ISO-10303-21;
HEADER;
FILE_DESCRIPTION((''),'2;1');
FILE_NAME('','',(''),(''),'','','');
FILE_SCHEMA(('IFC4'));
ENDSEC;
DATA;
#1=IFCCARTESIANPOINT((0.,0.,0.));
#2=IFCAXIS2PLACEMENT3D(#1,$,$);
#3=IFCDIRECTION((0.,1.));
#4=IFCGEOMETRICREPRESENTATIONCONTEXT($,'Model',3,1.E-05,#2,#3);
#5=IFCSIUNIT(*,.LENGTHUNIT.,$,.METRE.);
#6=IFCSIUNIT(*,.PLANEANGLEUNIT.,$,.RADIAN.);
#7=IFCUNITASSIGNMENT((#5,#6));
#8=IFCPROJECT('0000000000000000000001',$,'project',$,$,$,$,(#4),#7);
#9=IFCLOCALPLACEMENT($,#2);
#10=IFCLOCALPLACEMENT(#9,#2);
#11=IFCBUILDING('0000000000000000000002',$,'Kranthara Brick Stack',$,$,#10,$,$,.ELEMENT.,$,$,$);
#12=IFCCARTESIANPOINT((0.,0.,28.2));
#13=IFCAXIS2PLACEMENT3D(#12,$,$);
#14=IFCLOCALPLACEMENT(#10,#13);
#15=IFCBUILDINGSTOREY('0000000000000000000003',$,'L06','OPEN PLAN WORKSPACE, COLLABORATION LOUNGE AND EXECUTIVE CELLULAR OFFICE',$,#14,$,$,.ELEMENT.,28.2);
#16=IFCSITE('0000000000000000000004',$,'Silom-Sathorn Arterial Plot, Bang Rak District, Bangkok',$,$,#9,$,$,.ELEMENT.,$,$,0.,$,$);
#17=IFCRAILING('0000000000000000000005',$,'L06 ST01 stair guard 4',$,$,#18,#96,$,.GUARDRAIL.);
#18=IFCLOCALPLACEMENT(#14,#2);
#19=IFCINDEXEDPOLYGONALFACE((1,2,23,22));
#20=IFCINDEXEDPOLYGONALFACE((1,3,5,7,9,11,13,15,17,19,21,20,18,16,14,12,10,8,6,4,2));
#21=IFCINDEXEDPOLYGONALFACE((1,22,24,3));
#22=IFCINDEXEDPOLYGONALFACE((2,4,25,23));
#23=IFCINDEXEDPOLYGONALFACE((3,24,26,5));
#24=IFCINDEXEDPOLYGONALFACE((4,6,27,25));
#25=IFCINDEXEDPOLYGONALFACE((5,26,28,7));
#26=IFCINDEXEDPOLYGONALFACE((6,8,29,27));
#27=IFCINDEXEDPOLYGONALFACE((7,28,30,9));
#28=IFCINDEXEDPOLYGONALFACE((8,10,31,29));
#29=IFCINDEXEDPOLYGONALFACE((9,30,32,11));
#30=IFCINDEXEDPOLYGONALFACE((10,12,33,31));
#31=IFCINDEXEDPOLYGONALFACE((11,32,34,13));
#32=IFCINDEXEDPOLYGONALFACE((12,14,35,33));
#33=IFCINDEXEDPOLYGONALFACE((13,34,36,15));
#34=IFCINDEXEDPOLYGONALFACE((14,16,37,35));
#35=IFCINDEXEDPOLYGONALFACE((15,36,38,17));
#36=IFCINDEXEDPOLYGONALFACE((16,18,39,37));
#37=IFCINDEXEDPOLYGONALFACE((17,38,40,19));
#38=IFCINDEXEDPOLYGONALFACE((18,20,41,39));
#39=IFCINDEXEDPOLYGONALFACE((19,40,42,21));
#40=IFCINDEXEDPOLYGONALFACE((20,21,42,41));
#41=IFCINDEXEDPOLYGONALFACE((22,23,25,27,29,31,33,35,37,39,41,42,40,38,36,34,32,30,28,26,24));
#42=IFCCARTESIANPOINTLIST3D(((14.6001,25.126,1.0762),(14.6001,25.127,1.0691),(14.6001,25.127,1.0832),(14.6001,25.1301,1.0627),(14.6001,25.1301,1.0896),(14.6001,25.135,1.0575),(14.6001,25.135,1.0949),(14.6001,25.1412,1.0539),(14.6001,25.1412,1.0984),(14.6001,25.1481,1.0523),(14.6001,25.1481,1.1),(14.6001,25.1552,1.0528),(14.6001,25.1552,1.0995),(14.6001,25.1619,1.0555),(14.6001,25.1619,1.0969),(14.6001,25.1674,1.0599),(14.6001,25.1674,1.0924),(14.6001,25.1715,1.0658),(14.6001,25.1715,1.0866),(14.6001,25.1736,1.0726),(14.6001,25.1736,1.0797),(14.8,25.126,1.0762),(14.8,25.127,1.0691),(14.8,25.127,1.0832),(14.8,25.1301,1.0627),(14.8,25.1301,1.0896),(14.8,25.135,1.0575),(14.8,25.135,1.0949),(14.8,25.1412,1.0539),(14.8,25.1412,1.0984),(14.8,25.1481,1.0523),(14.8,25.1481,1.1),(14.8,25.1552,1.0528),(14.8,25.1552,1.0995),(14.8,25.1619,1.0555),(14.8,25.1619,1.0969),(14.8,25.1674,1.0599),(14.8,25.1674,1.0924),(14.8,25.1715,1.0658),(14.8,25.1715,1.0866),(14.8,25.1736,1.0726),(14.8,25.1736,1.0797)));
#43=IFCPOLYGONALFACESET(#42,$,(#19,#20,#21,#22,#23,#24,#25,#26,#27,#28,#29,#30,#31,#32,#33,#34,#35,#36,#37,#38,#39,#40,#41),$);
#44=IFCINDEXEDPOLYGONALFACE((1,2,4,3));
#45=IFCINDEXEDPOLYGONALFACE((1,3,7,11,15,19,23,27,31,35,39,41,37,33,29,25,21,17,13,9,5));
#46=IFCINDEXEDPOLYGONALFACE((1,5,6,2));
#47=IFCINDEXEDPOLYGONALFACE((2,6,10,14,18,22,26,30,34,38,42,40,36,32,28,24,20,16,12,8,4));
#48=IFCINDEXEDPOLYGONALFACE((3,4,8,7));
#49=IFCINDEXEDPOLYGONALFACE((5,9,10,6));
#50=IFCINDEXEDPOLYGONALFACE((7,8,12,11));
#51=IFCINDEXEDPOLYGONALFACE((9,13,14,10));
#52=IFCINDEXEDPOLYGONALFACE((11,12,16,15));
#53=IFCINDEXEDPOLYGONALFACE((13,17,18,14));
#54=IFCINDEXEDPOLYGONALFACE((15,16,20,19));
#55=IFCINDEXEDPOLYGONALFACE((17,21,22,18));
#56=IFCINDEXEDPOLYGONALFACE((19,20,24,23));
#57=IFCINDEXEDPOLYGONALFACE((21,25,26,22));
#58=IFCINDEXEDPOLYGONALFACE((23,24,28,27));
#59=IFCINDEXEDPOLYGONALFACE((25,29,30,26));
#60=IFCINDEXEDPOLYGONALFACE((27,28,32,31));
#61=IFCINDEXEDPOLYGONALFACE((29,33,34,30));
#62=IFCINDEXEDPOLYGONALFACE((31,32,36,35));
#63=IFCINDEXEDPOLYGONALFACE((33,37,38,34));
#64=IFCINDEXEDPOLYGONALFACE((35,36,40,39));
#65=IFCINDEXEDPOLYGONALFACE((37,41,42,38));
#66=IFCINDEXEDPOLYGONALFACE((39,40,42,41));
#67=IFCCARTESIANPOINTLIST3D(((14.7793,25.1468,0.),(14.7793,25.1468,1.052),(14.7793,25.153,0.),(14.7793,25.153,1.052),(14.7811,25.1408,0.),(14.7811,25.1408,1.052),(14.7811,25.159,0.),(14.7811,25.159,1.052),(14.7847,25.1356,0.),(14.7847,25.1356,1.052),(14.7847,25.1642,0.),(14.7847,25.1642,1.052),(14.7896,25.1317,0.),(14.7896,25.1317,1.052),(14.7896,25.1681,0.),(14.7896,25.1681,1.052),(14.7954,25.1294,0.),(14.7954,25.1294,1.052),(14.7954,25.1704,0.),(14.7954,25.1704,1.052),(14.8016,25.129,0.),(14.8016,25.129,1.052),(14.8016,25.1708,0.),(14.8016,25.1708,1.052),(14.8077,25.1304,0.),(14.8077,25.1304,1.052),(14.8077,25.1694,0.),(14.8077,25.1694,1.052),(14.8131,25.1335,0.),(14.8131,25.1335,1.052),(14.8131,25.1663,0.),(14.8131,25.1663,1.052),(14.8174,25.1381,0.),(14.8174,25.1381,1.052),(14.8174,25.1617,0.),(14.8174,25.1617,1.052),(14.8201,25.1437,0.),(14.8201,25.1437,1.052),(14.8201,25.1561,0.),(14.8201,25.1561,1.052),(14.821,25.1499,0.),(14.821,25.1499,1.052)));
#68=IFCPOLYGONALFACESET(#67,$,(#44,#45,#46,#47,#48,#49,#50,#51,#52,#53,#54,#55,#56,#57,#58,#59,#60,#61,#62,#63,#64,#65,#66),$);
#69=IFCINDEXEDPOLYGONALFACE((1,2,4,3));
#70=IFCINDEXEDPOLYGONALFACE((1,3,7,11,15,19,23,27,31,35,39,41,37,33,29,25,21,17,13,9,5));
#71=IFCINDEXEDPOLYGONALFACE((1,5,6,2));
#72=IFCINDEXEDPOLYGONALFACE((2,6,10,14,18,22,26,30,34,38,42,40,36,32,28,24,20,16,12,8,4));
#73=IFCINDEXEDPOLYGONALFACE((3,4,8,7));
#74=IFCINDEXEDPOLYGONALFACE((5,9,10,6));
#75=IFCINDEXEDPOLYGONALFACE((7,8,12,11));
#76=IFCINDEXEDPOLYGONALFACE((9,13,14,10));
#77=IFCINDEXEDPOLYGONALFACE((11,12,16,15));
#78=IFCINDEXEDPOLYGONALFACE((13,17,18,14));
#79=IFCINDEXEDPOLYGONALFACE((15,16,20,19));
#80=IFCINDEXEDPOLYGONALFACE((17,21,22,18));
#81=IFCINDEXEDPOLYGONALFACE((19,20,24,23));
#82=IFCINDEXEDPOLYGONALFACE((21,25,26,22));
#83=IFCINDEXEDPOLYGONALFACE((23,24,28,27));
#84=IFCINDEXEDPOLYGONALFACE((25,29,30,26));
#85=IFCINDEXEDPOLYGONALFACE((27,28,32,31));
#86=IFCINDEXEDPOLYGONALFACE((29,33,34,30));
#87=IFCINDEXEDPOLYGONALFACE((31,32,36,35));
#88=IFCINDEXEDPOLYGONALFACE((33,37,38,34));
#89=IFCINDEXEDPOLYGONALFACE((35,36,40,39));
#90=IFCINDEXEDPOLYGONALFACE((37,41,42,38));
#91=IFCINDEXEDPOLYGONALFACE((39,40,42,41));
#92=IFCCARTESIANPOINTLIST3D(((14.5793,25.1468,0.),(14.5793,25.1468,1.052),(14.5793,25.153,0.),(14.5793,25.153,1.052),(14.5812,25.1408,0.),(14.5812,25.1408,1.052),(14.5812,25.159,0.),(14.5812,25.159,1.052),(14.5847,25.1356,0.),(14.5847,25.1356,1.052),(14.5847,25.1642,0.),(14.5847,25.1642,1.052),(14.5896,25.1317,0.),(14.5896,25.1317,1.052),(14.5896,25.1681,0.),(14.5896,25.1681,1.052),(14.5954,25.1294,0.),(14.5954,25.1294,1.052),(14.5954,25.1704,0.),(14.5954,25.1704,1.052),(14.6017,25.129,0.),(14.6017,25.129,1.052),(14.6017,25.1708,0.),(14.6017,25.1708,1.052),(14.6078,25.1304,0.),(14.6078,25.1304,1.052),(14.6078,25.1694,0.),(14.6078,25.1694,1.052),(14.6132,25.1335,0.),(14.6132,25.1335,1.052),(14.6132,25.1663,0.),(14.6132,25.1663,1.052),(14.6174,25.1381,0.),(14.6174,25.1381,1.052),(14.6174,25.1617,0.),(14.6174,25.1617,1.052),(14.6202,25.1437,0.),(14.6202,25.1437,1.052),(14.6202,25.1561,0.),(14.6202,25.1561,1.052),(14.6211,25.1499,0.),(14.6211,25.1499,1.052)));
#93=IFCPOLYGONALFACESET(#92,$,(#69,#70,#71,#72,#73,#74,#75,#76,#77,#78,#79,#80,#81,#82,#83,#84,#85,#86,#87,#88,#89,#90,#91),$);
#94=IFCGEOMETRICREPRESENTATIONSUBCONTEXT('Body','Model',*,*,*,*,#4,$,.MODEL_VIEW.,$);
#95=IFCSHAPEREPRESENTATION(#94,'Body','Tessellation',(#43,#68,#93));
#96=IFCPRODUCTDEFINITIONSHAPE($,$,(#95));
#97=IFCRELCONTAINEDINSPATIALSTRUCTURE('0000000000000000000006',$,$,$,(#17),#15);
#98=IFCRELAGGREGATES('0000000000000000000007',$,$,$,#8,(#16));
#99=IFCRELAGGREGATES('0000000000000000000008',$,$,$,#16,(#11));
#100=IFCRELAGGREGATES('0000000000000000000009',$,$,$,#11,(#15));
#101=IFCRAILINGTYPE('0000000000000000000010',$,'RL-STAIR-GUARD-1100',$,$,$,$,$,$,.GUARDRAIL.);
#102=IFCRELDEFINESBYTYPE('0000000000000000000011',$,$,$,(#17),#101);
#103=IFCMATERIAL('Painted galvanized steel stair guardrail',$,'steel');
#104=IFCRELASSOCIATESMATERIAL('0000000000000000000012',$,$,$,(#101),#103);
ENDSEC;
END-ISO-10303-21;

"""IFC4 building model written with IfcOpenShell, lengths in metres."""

from ifc_helpers import new_model, si_unit, direction, frame, origin, origin_2d, place, context, subcontext, project, spatial, circle, extrude, material, type_object, element, save


model = new_model("IFC4")

# Units and contexts
model_context = context("Model", 3, precision=1e-05, world=origin(), true_north=direction((0.0, 1.0)))
body_context = subcontext(model_context, "Body", "Model", "MODEL_VIEW")
ifc_project = project(units=[si_unit("LENGTHUNIT", "METRE"), si_unit("PLANEANGLEUNIT", "RADIAN")], contexts=[model_context])

# Site, building, storey
site_placement = place(None, origin())
site = spatial("IfcSite", under=ifc_project, at=site_placement, Name="Silom-Sathorn Arterial Plot, Bang Rak District, Bangkok", CompositionType="ELEMENT", RefElevation=0.0)
building_placement = place(site_placement, origin())
building = spatial("IfcBuilding", under=site, at=building_placement, Name="Kranthara Brick Stack", CompositionType="ELEMENT")
storey_placement = place(building_placement, frame((0.0, 0.0, 28.2)))
storey = spatial("IfcBuildingStorey", under=building, at=storey_placement, Name="L06", Description="OPEN PLAN WORKSPACE, COLLABORATION LOUNGE AND EXECUTIVE CELLULAR OFFICE", CompositionType="ELEMENT", Elevation=28.2)

# Railing
ifc_material_1 = material(Name="Painted galvanized steel stair guardrail", Category="steel")
railing_type_1 = type_object("IfcRailingType", Name="RL-STAIR-GUARD-1100", PredefinedType="GUARDRAIL", material=ifc_material_1)
railing_1_placement = place(storey_placement, frame((14.8, 25.1499, 0.0)))
element("IfcRailing", 1, at=railing_1_placement, inside=storey, type_object=railing_type_1, Name="L06 ST01 stair guard 4", PredefinedType="GUARDRAIL", context=body_context, shape_type="SweptSolid", body=[
    extrude(circle(Radius=0.0239, at=origin_2d()), frame((0.0, 0.0, 1.0762), z_axis=(-1.0, 0.0, 0.0), x_axis=(0.0, -1.0, 0.0)), (0.0, 0.0, 1.0), 0.2),
    extrude(circle(Radius=0.021, at=origin_2d()), origin(), (0.0, 0.0, 1.0), 1.052),
    extrude(circle(Radius=0.021, at=origin_2d()), frame((-0.2, 0.0, 0.0)), (0.0, 0.0, 1.0), 1.052),
])

save(model, "model.ifc")
